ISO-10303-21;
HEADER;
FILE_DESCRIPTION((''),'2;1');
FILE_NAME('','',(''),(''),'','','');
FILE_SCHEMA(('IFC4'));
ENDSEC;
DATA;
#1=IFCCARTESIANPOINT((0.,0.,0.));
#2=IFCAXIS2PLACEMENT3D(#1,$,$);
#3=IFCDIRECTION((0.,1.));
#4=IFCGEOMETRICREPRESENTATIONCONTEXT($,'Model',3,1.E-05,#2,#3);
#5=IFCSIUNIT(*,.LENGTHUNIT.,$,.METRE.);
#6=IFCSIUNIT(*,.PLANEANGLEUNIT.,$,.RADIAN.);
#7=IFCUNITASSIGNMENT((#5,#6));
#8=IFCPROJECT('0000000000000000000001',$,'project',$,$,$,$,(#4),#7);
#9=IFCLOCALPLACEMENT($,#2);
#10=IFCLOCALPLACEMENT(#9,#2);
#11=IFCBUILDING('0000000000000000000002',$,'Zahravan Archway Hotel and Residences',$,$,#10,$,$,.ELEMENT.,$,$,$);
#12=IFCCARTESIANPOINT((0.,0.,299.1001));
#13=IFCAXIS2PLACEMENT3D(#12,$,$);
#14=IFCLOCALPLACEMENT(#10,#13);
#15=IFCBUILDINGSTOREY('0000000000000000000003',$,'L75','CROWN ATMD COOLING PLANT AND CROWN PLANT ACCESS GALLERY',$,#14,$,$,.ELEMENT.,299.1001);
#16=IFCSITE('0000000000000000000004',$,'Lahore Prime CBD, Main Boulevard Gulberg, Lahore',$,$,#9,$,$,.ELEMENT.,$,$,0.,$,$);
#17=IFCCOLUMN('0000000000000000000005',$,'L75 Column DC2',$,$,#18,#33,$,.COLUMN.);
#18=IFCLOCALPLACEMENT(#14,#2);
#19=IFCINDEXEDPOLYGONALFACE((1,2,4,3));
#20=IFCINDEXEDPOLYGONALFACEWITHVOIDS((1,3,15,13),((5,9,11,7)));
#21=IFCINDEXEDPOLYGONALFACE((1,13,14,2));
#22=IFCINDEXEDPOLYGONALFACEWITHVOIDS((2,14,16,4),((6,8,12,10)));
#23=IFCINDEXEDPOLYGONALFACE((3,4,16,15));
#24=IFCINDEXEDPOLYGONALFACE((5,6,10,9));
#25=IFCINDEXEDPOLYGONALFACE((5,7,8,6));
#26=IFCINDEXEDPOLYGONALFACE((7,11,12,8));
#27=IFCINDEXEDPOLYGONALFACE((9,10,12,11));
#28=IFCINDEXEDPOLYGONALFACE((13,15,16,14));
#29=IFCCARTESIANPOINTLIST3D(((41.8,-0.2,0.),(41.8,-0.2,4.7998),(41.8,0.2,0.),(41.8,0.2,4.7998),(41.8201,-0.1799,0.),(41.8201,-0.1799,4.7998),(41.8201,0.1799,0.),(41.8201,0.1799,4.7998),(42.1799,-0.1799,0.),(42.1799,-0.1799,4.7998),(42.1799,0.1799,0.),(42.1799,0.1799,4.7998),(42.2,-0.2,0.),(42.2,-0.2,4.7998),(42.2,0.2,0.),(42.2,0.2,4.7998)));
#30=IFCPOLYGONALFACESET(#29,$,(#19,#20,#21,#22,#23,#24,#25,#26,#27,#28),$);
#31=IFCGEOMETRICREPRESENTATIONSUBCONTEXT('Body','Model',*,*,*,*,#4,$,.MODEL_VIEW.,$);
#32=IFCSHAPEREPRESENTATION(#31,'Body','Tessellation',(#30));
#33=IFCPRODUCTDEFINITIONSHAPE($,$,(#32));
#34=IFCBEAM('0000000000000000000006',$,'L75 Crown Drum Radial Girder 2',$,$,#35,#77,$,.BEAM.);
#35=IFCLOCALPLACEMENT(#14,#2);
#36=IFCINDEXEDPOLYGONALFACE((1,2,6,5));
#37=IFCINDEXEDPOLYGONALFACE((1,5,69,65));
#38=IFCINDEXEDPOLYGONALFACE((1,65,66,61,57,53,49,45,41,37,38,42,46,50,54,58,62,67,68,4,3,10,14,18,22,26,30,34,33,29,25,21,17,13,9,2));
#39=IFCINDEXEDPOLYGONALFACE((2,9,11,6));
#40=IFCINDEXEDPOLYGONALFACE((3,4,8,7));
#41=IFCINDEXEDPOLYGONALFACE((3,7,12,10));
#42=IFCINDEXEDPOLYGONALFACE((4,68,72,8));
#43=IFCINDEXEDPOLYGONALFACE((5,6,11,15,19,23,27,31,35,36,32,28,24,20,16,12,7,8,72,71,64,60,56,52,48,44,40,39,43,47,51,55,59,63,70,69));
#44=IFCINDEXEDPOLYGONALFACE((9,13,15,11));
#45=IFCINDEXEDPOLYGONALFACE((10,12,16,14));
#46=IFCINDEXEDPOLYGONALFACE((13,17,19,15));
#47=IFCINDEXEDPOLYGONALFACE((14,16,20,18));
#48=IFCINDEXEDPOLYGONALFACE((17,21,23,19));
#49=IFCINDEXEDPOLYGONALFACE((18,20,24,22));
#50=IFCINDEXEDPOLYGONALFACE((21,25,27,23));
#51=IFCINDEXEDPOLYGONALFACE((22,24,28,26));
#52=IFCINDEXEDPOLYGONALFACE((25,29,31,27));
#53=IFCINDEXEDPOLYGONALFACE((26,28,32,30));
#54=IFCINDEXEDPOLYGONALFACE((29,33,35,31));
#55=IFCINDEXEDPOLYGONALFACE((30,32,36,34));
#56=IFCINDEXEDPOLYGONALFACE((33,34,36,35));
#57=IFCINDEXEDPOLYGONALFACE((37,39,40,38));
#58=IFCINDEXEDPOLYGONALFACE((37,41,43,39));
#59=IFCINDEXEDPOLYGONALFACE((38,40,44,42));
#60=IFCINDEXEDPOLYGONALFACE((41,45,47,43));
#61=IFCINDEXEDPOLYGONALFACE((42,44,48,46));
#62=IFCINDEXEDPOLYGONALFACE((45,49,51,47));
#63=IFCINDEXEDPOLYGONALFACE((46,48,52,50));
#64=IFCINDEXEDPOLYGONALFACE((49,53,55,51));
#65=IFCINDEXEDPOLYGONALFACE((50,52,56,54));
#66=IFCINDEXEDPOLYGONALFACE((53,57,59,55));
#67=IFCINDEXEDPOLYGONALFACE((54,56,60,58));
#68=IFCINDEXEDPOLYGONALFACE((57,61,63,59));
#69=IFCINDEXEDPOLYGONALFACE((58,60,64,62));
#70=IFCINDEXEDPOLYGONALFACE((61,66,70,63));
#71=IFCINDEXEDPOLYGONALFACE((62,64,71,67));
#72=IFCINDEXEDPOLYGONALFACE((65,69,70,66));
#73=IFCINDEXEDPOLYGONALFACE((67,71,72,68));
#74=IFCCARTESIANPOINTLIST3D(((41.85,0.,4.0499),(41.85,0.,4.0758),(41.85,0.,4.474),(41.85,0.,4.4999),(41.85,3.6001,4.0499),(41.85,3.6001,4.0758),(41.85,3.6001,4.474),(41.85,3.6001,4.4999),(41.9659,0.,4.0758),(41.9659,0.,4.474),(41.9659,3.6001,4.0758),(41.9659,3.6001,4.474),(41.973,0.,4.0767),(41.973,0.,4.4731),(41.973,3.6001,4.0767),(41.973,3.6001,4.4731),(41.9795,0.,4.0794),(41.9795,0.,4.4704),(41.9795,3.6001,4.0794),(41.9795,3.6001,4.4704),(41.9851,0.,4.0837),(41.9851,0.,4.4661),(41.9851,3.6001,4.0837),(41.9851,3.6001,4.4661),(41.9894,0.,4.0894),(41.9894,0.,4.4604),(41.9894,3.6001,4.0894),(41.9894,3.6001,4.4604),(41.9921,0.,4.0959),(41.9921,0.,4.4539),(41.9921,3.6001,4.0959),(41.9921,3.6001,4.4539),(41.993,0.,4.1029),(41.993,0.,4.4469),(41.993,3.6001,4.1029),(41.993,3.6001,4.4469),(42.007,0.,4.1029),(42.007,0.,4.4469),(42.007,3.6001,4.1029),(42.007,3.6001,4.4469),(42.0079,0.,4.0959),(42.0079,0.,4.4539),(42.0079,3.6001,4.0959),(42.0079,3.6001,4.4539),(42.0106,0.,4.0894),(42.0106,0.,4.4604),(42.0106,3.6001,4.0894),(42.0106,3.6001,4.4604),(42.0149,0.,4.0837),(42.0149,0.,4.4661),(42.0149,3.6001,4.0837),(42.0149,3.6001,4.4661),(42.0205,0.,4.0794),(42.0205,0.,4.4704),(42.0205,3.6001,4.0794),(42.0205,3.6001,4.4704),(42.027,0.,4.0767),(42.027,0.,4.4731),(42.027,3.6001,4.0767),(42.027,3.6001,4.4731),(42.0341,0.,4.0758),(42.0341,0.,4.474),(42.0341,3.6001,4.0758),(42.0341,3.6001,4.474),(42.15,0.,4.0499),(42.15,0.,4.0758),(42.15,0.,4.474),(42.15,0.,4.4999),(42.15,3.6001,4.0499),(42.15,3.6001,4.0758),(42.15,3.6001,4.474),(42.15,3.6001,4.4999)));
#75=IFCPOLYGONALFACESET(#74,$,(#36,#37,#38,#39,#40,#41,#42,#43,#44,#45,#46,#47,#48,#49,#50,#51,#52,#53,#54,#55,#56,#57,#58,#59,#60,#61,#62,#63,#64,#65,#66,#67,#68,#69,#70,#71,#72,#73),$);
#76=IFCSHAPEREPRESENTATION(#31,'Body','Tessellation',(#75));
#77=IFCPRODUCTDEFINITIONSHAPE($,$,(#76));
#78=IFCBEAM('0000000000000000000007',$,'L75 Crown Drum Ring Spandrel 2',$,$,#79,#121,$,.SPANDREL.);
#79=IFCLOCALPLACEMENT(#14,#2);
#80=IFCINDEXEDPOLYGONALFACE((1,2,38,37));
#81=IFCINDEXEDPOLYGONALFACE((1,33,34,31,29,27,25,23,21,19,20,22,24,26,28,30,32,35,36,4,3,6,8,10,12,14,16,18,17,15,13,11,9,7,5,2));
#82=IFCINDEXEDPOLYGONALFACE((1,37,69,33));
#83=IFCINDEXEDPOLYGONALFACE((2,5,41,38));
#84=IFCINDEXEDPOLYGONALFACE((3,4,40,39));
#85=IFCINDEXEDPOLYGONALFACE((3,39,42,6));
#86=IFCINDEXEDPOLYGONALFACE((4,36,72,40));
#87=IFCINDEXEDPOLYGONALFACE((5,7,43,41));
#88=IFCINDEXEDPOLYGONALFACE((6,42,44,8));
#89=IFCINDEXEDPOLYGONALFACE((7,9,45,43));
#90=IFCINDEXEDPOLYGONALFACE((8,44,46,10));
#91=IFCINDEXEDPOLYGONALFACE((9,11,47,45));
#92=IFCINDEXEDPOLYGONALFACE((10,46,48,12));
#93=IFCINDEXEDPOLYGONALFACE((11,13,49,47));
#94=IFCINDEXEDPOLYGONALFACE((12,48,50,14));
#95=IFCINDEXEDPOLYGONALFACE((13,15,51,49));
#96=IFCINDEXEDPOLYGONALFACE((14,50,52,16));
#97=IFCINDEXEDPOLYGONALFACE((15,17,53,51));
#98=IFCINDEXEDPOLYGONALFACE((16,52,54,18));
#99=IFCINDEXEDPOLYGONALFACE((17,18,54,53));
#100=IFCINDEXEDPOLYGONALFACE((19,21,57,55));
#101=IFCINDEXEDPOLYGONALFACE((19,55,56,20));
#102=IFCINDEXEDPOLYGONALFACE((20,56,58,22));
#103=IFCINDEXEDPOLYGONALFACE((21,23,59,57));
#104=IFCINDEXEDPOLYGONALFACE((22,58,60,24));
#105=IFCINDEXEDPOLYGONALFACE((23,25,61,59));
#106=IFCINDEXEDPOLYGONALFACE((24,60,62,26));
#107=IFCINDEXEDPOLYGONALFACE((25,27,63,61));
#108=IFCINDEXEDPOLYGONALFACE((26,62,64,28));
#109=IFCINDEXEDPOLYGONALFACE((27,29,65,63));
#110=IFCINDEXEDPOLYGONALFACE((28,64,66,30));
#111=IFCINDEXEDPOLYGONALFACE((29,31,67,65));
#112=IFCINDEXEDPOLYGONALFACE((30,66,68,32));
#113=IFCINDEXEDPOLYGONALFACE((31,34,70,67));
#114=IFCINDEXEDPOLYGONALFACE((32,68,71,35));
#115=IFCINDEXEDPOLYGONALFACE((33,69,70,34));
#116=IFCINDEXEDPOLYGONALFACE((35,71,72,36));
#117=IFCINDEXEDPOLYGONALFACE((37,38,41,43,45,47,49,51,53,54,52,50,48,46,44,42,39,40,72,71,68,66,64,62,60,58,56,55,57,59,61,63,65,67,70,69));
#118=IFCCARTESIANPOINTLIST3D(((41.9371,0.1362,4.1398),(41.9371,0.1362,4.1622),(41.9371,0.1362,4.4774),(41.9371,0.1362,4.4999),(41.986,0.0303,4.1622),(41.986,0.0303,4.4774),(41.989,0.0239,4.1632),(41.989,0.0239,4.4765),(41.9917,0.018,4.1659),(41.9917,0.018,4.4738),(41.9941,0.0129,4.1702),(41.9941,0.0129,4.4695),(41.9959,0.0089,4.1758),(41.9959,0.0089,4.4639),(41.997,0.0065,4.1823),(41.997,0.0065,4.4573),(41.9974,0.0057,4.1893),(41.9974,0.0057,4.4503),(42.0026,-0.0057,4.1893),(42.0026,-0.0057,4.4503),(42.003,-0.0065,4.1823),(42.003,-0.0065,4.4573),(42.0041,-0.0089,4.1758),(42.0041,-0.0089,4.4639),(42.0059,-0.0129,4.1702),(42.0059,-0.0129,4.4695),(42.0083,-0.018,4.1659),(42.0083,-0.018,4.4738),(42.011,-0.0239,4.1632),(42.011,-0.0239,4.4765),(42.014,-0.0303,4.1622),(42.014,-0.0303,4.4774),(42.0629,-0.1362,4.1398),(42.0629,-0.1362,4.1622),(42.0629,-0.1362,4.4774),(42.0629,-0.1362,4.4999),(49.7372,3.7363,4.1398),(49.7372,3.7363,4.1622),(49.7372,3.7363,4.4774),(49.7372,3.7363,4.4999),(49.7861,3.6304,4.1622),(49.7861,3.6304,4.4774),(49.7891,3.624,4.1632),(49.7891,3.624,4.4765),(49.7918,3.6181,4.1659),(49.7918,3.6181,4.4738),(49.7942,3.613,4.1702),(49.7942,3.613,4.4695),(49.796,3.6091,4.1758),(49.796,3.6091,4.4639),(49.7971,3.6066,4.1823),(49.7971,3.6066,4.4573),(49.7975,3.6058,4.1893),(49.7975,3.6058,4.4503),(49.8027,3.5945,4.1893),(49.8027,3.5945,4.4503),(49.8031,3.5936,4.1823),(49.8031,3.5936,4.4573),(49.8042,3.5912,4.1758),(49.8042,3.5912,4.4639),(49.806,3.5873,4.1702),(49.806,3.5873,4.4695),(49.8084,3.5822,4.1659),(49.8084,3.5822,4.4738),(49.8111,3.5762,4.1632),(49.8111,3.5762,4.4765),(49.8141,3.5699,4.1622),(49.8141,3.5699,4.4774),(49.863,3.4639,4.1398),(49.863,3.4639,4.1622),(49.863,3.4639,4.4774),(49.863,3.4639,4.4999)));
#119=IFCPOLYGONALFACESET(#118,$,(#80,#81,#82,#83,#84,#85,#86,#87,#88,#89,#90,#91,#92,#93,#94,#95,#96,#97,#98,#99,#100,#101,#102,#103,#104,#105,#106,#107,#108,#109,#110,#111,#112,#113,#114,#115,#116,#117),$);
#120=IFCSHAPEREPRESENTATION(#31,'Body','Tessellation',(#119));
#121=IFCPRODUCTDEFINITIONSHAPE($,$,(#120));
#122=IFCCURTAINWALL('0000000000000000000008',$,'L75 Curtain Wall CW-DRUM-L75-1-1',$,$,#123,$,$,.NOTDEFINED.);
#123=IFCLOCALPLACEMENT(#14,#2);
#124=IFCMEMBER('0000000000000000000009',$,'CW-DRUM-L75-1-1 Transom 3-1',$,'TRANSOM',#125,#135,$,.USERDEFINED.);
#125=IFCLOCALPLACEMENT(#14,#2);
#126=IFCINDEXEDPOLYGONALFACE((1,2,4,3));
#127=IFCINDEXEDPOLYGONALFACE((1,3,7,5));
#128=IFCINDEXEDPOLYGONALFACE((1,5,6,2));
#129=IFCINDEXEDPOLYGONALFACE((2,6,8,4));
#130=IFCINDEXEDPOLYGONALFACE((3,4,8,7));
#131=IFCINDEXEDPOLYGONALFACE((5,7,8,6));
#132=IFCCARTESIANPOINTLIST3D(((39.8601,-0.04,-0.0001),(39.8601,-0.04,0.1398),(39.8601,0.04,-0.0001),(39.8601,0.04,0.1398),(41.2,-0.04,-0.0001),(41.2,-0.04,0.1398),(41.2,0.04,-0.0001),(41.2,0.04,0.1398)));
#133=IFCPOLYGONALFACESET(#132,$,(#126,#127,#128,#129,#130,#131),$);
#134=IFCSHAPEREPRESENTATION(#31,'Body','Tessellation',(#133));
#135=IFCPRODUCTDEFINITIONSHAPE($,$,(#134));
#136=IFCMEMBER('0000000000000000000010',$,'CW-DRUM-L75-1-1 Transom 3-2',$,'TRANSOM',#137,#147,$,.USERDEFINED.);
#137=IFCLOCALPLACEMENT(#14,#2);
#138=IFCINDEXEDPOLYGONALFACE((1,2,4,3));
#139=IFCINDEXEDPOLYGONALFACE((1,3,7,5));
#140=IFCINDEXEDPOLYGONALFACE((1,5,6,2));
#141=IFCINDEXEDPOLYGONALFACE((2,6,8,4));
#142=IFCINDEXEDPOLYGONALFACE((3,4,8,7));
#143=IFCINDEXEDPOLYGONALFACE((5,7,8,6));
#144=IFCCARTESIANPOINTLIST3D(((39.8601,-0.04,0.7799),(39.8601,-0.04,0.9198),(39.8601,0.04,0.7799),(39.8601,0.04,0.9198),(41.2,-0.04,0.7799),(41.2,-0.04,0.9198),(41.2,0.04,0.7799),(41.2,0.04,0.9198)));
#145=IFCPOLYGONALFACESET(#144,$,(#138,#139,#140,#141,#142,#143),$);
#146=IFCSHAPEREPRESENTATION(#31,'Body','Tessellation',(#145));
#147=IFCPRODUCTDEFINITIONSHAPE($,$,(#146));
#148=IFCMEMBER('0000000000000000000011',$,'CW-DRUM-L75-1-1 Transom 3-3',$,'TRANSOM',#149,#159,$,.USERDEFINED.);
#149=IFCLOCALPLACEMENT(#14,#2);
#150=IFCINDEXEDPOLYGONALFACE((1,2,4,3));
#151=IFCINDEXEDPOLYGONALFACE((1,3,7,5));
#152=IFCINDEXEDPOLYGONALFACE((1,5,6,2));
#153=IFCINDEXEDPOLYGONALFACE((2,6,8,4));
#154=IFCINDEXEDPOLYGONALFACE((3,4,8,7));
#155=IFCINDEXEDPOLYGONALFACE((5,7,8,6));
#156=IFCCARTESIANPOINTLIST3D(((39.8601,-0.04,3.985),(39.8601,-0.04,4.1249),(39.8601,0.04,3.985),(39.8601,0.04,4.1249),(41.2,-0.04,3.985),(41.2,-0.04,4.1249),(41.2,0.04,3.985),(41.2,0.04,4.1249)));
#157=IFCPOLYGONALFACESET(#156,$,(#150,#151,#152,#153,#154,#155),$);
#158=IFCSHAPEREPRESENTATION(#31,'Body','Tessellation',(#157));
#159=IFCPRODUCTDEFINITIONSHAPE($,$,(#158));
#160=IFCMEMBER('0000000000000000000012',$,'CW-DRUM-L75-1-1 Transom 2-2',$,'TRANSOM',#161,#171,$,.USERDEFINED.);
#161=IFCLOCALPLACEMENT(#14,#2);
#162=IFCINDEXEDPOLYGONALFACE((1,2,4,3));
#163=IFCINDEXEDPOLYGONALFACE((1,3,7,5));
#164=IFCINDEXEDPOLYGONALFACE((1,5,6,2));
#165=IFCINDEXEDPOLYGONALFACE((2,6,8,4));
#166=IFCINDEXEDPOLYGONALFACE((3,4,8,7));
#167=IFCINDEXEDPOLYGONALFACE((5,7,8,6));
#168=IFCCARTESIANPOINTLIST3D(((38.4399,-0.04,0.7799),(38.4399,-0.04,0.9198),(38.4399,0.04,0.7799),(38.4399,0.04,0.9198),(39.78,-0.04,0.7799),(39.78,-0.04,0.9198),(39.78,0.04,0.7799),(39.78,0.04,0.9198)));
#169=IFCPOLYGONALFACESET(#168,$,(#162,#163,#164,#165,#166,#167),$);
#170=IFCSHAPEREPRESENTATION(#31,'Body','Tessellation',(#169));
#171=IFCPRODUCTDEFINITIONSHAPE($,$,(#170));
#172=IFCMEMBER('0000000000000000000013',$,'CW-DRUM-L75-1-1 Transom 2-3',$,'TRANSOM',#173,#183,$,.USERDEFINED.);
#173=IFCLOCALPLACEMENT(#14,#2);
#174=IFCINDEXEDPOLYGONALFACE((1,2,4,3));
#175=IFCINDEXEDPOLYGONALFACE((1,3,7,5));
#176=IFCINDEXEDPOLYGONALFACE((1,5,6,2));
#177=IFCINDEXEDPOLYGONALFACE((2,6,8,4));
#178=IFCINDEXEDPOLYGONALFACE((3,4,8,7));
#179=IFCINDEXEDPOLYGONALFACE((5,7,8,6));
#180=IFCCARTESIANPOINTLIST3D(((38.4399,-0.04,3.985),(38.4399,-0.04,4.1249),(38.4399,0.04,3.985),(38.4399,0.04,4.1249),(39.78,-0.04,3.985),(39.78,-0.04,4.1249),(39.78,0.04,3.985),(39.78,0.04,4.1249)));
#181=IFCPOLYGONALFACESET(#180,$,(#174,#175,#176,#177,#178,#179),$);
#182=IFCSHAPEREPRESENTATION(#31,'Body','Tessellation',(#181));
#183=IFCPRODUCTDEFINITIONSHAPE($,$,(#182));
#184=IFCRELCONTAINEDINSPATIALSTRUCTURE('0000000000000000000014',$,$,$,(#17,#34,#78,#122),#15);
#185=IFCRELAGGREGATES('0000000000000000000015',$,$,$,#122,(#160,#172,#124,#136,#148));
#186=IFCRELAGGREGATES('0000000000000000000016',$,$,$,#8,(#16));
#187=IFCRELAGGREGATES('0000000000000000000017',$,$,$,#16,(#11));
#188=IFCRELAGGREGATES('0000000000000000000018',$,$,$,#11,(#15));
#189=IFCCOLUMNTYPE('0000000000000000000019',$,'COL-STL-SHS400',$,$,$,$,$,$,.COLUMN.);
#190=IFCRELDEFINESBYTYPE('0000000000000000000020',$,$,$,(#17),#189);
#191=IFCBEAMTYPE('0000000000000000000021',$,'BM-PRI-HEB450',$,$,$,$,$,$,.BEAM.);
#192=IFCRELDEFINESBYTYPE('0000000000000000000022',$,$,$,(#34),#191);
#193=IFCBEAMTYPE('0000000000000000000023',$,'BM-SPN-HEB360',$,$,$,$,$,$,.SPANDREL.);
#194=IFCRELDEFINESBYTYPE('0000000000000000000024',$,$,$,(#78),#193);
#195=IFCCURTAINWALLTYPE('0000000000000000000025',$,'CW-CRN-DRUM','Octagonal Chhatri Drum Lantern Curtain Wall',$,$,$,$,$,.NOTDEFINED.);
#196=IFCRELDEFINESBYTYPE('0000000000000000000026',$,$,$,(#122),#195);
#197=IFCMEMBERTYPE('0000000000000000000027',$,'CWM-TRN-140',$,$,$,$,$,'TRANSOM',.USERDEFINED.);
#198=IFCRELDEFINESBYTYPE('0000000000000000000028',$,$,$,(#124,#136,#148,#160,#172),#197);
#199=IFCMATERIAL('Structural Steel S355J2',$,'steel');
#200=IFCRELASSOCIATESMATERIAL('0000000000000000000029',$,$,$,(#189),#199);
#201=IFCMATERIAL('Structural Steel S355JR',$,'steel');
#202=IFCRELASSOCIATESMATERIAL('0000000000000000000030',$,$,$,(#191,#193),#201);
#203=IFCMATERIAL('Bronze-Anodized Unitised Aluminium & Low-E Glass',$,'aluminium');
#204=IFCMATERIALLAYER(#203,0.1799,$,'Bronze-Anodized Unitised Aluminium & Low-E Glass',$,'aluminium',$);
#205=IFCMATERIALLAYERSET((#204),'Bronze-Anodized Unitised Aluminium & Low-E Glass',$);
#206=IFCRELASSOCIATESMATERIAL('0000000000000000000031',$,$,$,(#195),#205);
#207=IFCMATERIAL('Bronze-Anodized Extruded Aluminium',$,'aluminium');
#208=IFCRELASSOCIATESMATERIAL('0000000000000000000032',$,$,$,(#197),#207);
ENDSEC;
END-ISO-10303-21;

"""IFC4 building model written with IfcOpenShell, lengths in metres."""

from ifc_helpers import new_model, si_unit, direction, frame, origin, origin_2d, place, context, subcontext, project, spatial, rectangle, hollow_rectangle, i_section, extrude, source, transform, mapped, material, layer, layer_set, material_profile, profile_set, type_object, type_shapes, element, aggregate, save


model = new_model("IFC4")

# Units and contexts
model_context = context("Model", 3, precision=1e-05, world=origin(), true_north=direction((0.0, 1.0)))
body_context = subcontext(model_context, "Body", "Model", "MODEL_VIEW")
ifc_project = project(units=[si_unit("LENGTHUNIT", "METRE"), si_unit("PLANEANGLEUNIT", "RADIAN")], contexts=[model_context])

# Site, building, storey
site_placement = place(None, origin())
site = spatial("IfcSite", under=ifc_project, at=site_placement, Name="Lahore Prime CBD, Main Boulevard Gulberg, Lahore", CompositionType="ELEMENT", RefElevation=0.0)
building_placement = place(site_placement, origin())
building = spatial("IfcBuilding", under=site, at=building_placement, Name="Zahravan Archway Hotel and Residences", CompositionType="ELEMENT")
storey_placement = place(building_placement, frame((0.0, 0.0, 299.1001)))
storey = spatial("IfcBuildingStorey", under=building, at=storey_placement, Name="L75", Description="CROWN ATMD COOLING PLANT AND CROWN PLANT ACCESS GALLERY", CompositionType="ELEMENT", Elevation=299.1001)

# Column
ifc_material_1 = material(Name="Structural Steel S355J2", Category="steel")
ifc_material_profile_1 = material_profile(ifc_material_1, hollow_rectangle(XDim=0.3999, YDim=0.3999, WallThickness=0.02, at=origin_2d()), Name="SHS 400x400x20", Category="steel")
ifc_profile_set_1 = profile_set([ifc_material_profile_1], Name="Structural Steel S355J2")
column_type = type_object("IfcColumnType", Name="COL-STL-SHS400", PredefinedType="COLUMN", material=ifc_profile_set_1)
shared_shape_1 = source(origin(), body_context, "Body", "SweptSolid", [
    extrude(hollow_rectangle(XDim=0.3999, YDim=0.3999, WallThickness=0.02, at=origin_2d()), origin(), (0.0, 0.0, 1.0), 4.7998),
])
type_shapes(column_type, [shared_shape_1])
column_placement = place(storey_placement, frame((42.0, 0.0, 0.0), z_axis=(0.0, 0.0, 1.0), x_axis=(1.0, 0.0, 0.0)))
element("IfcColumn", 1, at=column_placement, inside=storey, type_object=column_type, Name="L75 Column DC2", PredefinedType="COLUMN", context=body_context, shape_type="MappedRepresentation", body=[
    mapped(shared_shape_1, transform((0.0, 0.0, 0.0), scale=1.0)),
])

# Beams
ifc_material_2 = material(Name="Structural Steel S355JR", Category="steel")
ifc_material_profile_2 = material_profile(ifc_material_2, i_section(OverallWidth=0.3, OverallDepth=0.45, WebThickness=0.0139, FlangeThickness=0.0259, FilletRadius=0.0271, at=origin_2d()), Name="HEB 450", Category="steel")
ifc_profile_set_2 = profile_set([ifc_material_profile_2], Name="Structural Steel S355JR")
beam_type_1 = type_object("IfcBeamType", Name="BM-PRI-HEB450", PredefinedType="BEAM", material=ifc_profile_set_2)
shared_shape_2 = source(origin(), body_context, "Body", "SweptSolid", [
    extrude(i_section(OverallWidth=0.3, OverallDepth=0.45, WebThickness=0.0139, FlangeThickness=0.0259, FilletRadius=0.0271, at=origin_2d()), origin(), (0.0, 0.0, 1.0), 3.6001),
])
beam_1_placement = place(storey_placement, frame((42.0, 3.6001, 4.2749), z_axis=(0.0, -1.0, 0.0), x_axis=(1.0, 0.0, 0.0)))
element("IfcBeam", 2, at=beam_1_placement, inside=storey, type_object=beam_type_1, Name="L75 Crown Drum Radial Girder 2", PredefinedType="BEAM", context=body_context, shape_type="MappedRepresentation", body=[
    mapped(shared_shape_2, transform((0.0, 0.0, 0.0), scale=1.0)),
])
ifc_material_profile_3 = material_profile(ifc_material_2, i_section(OverallWidth=0.3, OverallDepth=0.3601, WebThickness=0.0125, FlangeThickness=0.0225, FilletRadius=0.0271, at=origin_2d()), Name="HEB 360", Category="steel")
ifc_profile_set_3 = profile_set([ifc_material_profile_3], Name="Structural Steel S355JR")
beam_type_2 = type_object("IfcBeamType", Name="BM-SPN-HEB360", PredefinedType="SPANDREL", material=ifc_profile_set_3)
shared_shape_3 = source(origin(), body_context, "Body", "SweptSolid", [
    extrude(i_section(OverallWidth=0.3, OverallDepth=0.3601, WebThickness=0.0125, FlangeThickness=0.0225, FilletRadius=0.0271, at=origin_2d()), origin(), (0.0, 0.0, 1.0), 8.5908),
])
beam_2_placement = place(storey_placement, frame((42.0, 0.0, 4.3198), z_axis=(0.907956, 0.419065, 0.0), x_axis=(-0.419065, 0.907956, 0.0)))
element("IfcBeam", 3, at=beam_2_placement, inside=storey, type_object=beam_type_2, Name="L75 Crown Drum Ring Spandrel 2", PredefinedType="SPANDREL", context=body_context, shape_type="MappedRepresentation", body=[
    mapped(shared_shape_3, transform((0.0, 0.0, 0.0), scale=1.0)),
])

# Curtain wall, members
ifc_material_3 = material(Name="Bronze-Anodized Unitised Aluminium & Low-E Glass", Category="aluminium")
ifc_layer_1 = layer(ifc_material_3, 0.1799, Name="Bronze-Anodized Unitised Aluminium & Low-E Glass", Category="aluminium")
ifc_layer_set_1 = layer_set([ifc_layer_1], Name="Bronze-Anodized Unitised Aluminium & Low-E Glass")
curtain_wall_type = type_object("IfcCurtainWallType", Name="CW-CRN-DRUM", Description="Octagonal Chhatri Drum Lantern Curtain Wall", PredefinedType="NOTDEFINED", material=ifc_layer_set_1)
curtain_wall_placement = place(storey_placement, origin())
curtain_wall = element("IfcCurtainWall", 4, at=curtain_wall_placement, inside=storey, type_object=curtain_wall_type, Name="L75 Curtain Wall CW-DRUM-L75-1-1", PredefinedType="NOTDEFINED")
ifc_material_4 = material(Name="Bronze-Anodized Extruded Aluminium", Category="aluminium")
ifc_material_profile_4 = material_profile(ifc_material_4, rectangle(XDim=0.0801, YDim=0.1399, at=origin_2d()), Name="TRN 80x140", Category="aluminium")
ifc_profile_set_4 = profile_set([ifc_material_profile_4], Name="Bronze-Anodized Extruded Aluminium")
member_type_1 = type_object("IfcMemberType", Name="CWM-TRN-140", ElementType="TRANSOM", PredefinedType="USERDEFINED", material=ifc_profile_set_4)
shared_shape_4 = source(origin(), body_context, "Body", "SweptSolid", [
    extrude(rectangle(XDim=0.0801, YDim=0.1399, at=origin_2d()), origin(), (0.0, 0.0, 1.0), 1.3398),
])
member_1_placement = place(storey_placement, frame((39.8601, 0.0, 0.0698), z_axis=(1.0, 0.0, 0.0), x_axis=(0.0, 1.0, 0.0)))
member_1 = element("IfcMember", 5, at=member_1_placement, type_object=member_type_1, Name="CW-DRUM-L75-1-1 Transom 3-1", ObjectType="TRANSOM", PredefinedType="USERDEFINED", context=body_context, shape_type="MappedRepresentation", body=[
    mapped(shared_shape_4, transform((0.0, 0.0, 0.0), scale=1.0)),
])
member_2_placement = place(storey_placement, frame((39.8601, 0.0, 0.8499), z_axis=(1.0, 0.0, 0.0), x_axis=(0.0, 1.0, 0.0)))
member_2 = element("IfcMember", 6, at=member_2_placement, type_object=member_type_1, Name="CW-DRUM-L75-1-1 Transom 3-2", ObjectType="TRANSOM", PredefinedType="USERDEFINED", context=body_context, shape_type="MappedRepresentation", body=[
    mapped(shared_shape_4, transform((0.0, 0.0, 0.0), scale=1.0)),
])
member_3_placement = place(storey_placement, frame((39.8601, 0.0, 4.0549), z_axis=(1.0, 0.0, 0.0), x_axis=(0.0, 1.0, 0.0)))
member_3 = element("IfcMember", 7, at=member_3_placement, type_object=member_type_1, Name="CW-DRUM-L75-1-1 Transom 3-3", ObjectType="TRANSOM", PredefinedType="USERDEFINED", context=body_context, shape_type="MappedRepresentation", body=[
    mapped(shared_shape_4, transform((0.0, 0.0, 0.0), scale=1.0)),
])
shared_shape_5 = source(origin(), body_context, "Body", "SweptSolid", [
    extrude(rectangle(XDim=0.0801, YDim=0.1399, at=origin_2d()), origin(), (0.0, 0.0, 1.0), 1.3401),
])
member_4_placement = place(storey_placement, frame((38.4399, 0.0, 0.8499), z_axis=(1.0, 0.0, 0.0), x_axis=(0.0, 1.0, 0.0)))
member_4 = element("IfcMember", 8, at=member_4_placement, type_object=member_type_1, Name="CW-DRUM-L75-1-1 Transom 2-2", ObjectType="TRANSOM", PredefinedType="USERDEFINED", context=body_context, shape_type="MappedRepresentation", body=[
    mapped(shared_shape_5, transform((0.0, 0.0, 0.0), scale=1.0)),
])
member_5_placement = place(storey_placement, frame((38.4399, 0.0, 4.0549), z_axis=(1.0, 0.0, 0.0), x_axis=(0.0, 1.0, 0.0)))
member_5 = element("IfcMember", 9, at=member_5_placement, type_object=member_type_1, Name="CW-DRUM-L75-1-1 Transom 2-3", ObjectType="TRANSOM", PredefinedType="USERDEFINED", context=body_context, shape_type="MappedRepresentation", body=[
    mapped(shared_shape_5, transform((0.0, 0.0, 0.0), scale=1.0)),
])

aggregate(curtain_wall, [member_4, member_5, member_1, member_2, member_3])

save(model, "model.ifc")
